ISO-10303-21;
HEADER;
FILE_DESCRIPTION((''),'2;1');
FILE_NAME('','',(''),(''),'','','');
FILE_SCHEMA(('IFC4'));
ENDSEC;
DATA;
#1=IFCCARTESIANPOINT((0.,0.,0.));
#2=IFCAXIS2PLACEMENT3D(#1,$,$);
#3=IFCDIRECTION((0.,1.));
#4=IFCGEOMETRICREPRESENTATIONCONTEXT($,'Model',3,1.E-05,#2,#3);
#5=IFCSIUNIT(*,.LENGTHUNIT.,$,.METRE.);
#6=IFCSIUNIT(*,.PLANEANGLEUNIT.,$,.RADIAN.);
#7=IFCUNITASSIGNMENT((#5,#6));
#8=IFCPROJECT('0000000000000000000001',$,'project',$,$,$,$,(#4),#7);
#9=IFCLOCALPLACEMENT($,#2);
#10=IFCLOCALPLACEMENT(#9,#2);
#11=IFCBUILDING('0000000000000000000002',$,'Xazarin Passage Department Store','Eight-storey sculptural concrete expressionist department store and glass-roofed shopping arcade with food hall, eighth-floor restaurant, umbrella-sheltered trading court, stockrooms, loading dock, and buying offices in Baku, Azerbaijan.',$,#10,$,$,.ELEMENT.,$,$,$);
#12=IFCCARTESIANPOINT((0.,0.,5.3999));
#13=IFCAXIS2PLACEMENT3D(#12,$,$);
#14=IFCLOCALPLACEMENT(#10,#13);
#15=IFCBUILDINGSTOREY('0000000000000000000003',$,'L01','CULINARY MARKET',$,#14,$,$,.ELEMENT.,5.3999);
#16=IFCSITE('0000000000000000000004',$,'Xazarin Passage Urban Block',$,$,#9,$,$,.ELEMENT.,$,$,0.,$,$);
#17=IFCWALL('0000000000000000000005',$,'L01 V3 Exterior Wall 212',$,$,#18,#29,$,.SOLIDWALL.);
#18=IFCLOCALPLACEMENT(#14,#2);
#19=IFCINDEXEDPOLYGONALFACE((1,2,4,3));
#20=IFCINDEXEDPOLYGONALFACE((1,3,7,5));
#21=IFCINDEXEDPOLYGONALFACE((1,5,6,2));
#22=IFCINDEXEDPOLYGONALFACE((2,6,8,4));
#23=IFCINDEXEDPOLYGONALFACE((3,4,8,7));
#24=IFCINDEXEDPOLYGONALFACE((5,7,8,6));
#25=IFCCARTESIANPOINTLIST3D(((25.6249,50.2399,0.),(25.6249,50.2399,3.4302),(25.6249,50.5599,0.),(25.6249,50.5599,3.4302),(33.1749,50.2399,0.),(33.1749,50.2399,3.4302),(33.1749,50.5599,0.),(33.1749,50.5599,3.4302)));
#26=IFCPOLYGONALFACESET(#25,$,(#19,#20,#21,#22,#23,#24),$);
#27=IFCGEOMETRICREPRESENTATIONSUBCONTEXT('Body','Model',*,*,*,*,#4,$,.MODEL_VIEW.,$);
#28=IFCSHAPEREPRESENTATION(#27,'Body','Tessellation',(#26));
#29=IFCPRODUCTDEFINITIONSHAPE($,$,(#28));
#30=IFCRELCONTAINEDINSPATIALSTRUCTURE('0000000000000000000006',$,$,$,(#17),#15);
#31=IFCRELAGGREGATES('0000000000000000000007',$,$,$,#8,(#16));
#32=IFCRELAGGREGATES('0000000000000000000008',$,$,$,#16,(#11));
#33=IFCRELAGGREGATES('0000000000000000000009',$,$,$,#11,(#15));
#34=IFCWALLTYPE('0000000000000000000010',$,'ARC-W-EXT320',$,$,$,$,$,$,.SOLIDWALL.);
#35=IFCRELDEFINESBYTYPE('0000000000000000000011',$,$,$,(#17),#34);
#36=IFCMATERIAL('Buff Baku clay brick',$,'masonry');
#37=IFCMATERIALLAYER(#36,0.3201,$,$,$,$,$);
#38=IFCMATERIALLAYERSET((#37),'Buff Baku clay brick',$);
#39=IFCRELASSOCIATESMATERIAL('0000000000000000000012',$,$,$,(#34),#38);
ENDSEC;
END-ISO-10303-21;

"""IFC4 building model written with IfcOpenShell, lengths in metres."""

from ifc_helpers import new_model, si_unit, direction, frame, frame_2d, origin, place, context, subcontext, project, spatial, rectangle, extrude, material, layer, layer_set, type_object, element, save


model = new_model("IFC4")

# Units and contexts
model_context = context("Model", 3, precision=1e-05, world=origin(), true_north=direction((0.0, 1.0)))
body_context = subcontext(model_context, "Body", "Model", "MODEL_VIEW")
ifc_project = project(units=[si_unit("LENGTHUNIT", "METRE"), si_unit("PLANEANGLEUNIT", "RADIAN")], contexts=[model_context])

# Site, building, storey
site_placement = place(None, origin())
site = spatial("IfcSite", under=ifc_project, at=site_placement, Name="Xazarin Passage Urban Block", CompositionType="ELEMENT", RefElevation=0.0)
building_placement = place(site_placement, origin())
building = spatial("IfcBuilding", under=site, at=building_placement, Name="Xazarin Passage Department Store", Description="Eight-storey sculptural concrete expressionist department store and glass-roofed shopping arcade with food hall, eighth-floor restaurant, umbrella-sheltered trading court, stockrooms, loading dock, and buying offices in Baku, Azerbaijan.", CompositionType="ELEMENT")
storey_placement = place(building_placement, frame((0.0, 0.0, 5.3999)))
storey = spatial("IfcBuildingStorey", under=building, at=storey_placement, Name="L01", Description="CULINARY MARKET", CompositionType="ELEMENT", Elevation=5.3999)

# Wall
ifc_material_1 = material(Name="Buff Baku clay brick", Category="masonry")
ifc_layer_1 = layer(ifc_material_1, 0.3201)
ifc_layer_set_1 = layer_set([ifc_layer_1], Name="Buff Baku clay brick")
wall_type_1 = type_object("IfcWallType", Name="ARC-W-EXT320", PredefinedType="SOLIDWALL", material=ifc_layer_set_1)
wall_1_placement = place(storey_placement, frame((25.625, 50.3999, 0.0), z_axis=(0.0, 0.0, 1.0), x_axis=(1.0, 0.0, 0.0)))
element("IfcWall", 1, at=wall_1_placement, inside=storey, type_object=wall_type_1, Name="L01 V3 Exterior Wall 212", PredefinedType="SOLIDWALL", context=body_context, shape_type="SweptSolid", body=[
    extrude(rectangle(XDim=7.55, YDim=0.3201, at=frame_2d((3.7749, 0.0))), origin(), (0.0, 0.0, 1.0), 3.4302),
])

save(model, "model.ifc")
